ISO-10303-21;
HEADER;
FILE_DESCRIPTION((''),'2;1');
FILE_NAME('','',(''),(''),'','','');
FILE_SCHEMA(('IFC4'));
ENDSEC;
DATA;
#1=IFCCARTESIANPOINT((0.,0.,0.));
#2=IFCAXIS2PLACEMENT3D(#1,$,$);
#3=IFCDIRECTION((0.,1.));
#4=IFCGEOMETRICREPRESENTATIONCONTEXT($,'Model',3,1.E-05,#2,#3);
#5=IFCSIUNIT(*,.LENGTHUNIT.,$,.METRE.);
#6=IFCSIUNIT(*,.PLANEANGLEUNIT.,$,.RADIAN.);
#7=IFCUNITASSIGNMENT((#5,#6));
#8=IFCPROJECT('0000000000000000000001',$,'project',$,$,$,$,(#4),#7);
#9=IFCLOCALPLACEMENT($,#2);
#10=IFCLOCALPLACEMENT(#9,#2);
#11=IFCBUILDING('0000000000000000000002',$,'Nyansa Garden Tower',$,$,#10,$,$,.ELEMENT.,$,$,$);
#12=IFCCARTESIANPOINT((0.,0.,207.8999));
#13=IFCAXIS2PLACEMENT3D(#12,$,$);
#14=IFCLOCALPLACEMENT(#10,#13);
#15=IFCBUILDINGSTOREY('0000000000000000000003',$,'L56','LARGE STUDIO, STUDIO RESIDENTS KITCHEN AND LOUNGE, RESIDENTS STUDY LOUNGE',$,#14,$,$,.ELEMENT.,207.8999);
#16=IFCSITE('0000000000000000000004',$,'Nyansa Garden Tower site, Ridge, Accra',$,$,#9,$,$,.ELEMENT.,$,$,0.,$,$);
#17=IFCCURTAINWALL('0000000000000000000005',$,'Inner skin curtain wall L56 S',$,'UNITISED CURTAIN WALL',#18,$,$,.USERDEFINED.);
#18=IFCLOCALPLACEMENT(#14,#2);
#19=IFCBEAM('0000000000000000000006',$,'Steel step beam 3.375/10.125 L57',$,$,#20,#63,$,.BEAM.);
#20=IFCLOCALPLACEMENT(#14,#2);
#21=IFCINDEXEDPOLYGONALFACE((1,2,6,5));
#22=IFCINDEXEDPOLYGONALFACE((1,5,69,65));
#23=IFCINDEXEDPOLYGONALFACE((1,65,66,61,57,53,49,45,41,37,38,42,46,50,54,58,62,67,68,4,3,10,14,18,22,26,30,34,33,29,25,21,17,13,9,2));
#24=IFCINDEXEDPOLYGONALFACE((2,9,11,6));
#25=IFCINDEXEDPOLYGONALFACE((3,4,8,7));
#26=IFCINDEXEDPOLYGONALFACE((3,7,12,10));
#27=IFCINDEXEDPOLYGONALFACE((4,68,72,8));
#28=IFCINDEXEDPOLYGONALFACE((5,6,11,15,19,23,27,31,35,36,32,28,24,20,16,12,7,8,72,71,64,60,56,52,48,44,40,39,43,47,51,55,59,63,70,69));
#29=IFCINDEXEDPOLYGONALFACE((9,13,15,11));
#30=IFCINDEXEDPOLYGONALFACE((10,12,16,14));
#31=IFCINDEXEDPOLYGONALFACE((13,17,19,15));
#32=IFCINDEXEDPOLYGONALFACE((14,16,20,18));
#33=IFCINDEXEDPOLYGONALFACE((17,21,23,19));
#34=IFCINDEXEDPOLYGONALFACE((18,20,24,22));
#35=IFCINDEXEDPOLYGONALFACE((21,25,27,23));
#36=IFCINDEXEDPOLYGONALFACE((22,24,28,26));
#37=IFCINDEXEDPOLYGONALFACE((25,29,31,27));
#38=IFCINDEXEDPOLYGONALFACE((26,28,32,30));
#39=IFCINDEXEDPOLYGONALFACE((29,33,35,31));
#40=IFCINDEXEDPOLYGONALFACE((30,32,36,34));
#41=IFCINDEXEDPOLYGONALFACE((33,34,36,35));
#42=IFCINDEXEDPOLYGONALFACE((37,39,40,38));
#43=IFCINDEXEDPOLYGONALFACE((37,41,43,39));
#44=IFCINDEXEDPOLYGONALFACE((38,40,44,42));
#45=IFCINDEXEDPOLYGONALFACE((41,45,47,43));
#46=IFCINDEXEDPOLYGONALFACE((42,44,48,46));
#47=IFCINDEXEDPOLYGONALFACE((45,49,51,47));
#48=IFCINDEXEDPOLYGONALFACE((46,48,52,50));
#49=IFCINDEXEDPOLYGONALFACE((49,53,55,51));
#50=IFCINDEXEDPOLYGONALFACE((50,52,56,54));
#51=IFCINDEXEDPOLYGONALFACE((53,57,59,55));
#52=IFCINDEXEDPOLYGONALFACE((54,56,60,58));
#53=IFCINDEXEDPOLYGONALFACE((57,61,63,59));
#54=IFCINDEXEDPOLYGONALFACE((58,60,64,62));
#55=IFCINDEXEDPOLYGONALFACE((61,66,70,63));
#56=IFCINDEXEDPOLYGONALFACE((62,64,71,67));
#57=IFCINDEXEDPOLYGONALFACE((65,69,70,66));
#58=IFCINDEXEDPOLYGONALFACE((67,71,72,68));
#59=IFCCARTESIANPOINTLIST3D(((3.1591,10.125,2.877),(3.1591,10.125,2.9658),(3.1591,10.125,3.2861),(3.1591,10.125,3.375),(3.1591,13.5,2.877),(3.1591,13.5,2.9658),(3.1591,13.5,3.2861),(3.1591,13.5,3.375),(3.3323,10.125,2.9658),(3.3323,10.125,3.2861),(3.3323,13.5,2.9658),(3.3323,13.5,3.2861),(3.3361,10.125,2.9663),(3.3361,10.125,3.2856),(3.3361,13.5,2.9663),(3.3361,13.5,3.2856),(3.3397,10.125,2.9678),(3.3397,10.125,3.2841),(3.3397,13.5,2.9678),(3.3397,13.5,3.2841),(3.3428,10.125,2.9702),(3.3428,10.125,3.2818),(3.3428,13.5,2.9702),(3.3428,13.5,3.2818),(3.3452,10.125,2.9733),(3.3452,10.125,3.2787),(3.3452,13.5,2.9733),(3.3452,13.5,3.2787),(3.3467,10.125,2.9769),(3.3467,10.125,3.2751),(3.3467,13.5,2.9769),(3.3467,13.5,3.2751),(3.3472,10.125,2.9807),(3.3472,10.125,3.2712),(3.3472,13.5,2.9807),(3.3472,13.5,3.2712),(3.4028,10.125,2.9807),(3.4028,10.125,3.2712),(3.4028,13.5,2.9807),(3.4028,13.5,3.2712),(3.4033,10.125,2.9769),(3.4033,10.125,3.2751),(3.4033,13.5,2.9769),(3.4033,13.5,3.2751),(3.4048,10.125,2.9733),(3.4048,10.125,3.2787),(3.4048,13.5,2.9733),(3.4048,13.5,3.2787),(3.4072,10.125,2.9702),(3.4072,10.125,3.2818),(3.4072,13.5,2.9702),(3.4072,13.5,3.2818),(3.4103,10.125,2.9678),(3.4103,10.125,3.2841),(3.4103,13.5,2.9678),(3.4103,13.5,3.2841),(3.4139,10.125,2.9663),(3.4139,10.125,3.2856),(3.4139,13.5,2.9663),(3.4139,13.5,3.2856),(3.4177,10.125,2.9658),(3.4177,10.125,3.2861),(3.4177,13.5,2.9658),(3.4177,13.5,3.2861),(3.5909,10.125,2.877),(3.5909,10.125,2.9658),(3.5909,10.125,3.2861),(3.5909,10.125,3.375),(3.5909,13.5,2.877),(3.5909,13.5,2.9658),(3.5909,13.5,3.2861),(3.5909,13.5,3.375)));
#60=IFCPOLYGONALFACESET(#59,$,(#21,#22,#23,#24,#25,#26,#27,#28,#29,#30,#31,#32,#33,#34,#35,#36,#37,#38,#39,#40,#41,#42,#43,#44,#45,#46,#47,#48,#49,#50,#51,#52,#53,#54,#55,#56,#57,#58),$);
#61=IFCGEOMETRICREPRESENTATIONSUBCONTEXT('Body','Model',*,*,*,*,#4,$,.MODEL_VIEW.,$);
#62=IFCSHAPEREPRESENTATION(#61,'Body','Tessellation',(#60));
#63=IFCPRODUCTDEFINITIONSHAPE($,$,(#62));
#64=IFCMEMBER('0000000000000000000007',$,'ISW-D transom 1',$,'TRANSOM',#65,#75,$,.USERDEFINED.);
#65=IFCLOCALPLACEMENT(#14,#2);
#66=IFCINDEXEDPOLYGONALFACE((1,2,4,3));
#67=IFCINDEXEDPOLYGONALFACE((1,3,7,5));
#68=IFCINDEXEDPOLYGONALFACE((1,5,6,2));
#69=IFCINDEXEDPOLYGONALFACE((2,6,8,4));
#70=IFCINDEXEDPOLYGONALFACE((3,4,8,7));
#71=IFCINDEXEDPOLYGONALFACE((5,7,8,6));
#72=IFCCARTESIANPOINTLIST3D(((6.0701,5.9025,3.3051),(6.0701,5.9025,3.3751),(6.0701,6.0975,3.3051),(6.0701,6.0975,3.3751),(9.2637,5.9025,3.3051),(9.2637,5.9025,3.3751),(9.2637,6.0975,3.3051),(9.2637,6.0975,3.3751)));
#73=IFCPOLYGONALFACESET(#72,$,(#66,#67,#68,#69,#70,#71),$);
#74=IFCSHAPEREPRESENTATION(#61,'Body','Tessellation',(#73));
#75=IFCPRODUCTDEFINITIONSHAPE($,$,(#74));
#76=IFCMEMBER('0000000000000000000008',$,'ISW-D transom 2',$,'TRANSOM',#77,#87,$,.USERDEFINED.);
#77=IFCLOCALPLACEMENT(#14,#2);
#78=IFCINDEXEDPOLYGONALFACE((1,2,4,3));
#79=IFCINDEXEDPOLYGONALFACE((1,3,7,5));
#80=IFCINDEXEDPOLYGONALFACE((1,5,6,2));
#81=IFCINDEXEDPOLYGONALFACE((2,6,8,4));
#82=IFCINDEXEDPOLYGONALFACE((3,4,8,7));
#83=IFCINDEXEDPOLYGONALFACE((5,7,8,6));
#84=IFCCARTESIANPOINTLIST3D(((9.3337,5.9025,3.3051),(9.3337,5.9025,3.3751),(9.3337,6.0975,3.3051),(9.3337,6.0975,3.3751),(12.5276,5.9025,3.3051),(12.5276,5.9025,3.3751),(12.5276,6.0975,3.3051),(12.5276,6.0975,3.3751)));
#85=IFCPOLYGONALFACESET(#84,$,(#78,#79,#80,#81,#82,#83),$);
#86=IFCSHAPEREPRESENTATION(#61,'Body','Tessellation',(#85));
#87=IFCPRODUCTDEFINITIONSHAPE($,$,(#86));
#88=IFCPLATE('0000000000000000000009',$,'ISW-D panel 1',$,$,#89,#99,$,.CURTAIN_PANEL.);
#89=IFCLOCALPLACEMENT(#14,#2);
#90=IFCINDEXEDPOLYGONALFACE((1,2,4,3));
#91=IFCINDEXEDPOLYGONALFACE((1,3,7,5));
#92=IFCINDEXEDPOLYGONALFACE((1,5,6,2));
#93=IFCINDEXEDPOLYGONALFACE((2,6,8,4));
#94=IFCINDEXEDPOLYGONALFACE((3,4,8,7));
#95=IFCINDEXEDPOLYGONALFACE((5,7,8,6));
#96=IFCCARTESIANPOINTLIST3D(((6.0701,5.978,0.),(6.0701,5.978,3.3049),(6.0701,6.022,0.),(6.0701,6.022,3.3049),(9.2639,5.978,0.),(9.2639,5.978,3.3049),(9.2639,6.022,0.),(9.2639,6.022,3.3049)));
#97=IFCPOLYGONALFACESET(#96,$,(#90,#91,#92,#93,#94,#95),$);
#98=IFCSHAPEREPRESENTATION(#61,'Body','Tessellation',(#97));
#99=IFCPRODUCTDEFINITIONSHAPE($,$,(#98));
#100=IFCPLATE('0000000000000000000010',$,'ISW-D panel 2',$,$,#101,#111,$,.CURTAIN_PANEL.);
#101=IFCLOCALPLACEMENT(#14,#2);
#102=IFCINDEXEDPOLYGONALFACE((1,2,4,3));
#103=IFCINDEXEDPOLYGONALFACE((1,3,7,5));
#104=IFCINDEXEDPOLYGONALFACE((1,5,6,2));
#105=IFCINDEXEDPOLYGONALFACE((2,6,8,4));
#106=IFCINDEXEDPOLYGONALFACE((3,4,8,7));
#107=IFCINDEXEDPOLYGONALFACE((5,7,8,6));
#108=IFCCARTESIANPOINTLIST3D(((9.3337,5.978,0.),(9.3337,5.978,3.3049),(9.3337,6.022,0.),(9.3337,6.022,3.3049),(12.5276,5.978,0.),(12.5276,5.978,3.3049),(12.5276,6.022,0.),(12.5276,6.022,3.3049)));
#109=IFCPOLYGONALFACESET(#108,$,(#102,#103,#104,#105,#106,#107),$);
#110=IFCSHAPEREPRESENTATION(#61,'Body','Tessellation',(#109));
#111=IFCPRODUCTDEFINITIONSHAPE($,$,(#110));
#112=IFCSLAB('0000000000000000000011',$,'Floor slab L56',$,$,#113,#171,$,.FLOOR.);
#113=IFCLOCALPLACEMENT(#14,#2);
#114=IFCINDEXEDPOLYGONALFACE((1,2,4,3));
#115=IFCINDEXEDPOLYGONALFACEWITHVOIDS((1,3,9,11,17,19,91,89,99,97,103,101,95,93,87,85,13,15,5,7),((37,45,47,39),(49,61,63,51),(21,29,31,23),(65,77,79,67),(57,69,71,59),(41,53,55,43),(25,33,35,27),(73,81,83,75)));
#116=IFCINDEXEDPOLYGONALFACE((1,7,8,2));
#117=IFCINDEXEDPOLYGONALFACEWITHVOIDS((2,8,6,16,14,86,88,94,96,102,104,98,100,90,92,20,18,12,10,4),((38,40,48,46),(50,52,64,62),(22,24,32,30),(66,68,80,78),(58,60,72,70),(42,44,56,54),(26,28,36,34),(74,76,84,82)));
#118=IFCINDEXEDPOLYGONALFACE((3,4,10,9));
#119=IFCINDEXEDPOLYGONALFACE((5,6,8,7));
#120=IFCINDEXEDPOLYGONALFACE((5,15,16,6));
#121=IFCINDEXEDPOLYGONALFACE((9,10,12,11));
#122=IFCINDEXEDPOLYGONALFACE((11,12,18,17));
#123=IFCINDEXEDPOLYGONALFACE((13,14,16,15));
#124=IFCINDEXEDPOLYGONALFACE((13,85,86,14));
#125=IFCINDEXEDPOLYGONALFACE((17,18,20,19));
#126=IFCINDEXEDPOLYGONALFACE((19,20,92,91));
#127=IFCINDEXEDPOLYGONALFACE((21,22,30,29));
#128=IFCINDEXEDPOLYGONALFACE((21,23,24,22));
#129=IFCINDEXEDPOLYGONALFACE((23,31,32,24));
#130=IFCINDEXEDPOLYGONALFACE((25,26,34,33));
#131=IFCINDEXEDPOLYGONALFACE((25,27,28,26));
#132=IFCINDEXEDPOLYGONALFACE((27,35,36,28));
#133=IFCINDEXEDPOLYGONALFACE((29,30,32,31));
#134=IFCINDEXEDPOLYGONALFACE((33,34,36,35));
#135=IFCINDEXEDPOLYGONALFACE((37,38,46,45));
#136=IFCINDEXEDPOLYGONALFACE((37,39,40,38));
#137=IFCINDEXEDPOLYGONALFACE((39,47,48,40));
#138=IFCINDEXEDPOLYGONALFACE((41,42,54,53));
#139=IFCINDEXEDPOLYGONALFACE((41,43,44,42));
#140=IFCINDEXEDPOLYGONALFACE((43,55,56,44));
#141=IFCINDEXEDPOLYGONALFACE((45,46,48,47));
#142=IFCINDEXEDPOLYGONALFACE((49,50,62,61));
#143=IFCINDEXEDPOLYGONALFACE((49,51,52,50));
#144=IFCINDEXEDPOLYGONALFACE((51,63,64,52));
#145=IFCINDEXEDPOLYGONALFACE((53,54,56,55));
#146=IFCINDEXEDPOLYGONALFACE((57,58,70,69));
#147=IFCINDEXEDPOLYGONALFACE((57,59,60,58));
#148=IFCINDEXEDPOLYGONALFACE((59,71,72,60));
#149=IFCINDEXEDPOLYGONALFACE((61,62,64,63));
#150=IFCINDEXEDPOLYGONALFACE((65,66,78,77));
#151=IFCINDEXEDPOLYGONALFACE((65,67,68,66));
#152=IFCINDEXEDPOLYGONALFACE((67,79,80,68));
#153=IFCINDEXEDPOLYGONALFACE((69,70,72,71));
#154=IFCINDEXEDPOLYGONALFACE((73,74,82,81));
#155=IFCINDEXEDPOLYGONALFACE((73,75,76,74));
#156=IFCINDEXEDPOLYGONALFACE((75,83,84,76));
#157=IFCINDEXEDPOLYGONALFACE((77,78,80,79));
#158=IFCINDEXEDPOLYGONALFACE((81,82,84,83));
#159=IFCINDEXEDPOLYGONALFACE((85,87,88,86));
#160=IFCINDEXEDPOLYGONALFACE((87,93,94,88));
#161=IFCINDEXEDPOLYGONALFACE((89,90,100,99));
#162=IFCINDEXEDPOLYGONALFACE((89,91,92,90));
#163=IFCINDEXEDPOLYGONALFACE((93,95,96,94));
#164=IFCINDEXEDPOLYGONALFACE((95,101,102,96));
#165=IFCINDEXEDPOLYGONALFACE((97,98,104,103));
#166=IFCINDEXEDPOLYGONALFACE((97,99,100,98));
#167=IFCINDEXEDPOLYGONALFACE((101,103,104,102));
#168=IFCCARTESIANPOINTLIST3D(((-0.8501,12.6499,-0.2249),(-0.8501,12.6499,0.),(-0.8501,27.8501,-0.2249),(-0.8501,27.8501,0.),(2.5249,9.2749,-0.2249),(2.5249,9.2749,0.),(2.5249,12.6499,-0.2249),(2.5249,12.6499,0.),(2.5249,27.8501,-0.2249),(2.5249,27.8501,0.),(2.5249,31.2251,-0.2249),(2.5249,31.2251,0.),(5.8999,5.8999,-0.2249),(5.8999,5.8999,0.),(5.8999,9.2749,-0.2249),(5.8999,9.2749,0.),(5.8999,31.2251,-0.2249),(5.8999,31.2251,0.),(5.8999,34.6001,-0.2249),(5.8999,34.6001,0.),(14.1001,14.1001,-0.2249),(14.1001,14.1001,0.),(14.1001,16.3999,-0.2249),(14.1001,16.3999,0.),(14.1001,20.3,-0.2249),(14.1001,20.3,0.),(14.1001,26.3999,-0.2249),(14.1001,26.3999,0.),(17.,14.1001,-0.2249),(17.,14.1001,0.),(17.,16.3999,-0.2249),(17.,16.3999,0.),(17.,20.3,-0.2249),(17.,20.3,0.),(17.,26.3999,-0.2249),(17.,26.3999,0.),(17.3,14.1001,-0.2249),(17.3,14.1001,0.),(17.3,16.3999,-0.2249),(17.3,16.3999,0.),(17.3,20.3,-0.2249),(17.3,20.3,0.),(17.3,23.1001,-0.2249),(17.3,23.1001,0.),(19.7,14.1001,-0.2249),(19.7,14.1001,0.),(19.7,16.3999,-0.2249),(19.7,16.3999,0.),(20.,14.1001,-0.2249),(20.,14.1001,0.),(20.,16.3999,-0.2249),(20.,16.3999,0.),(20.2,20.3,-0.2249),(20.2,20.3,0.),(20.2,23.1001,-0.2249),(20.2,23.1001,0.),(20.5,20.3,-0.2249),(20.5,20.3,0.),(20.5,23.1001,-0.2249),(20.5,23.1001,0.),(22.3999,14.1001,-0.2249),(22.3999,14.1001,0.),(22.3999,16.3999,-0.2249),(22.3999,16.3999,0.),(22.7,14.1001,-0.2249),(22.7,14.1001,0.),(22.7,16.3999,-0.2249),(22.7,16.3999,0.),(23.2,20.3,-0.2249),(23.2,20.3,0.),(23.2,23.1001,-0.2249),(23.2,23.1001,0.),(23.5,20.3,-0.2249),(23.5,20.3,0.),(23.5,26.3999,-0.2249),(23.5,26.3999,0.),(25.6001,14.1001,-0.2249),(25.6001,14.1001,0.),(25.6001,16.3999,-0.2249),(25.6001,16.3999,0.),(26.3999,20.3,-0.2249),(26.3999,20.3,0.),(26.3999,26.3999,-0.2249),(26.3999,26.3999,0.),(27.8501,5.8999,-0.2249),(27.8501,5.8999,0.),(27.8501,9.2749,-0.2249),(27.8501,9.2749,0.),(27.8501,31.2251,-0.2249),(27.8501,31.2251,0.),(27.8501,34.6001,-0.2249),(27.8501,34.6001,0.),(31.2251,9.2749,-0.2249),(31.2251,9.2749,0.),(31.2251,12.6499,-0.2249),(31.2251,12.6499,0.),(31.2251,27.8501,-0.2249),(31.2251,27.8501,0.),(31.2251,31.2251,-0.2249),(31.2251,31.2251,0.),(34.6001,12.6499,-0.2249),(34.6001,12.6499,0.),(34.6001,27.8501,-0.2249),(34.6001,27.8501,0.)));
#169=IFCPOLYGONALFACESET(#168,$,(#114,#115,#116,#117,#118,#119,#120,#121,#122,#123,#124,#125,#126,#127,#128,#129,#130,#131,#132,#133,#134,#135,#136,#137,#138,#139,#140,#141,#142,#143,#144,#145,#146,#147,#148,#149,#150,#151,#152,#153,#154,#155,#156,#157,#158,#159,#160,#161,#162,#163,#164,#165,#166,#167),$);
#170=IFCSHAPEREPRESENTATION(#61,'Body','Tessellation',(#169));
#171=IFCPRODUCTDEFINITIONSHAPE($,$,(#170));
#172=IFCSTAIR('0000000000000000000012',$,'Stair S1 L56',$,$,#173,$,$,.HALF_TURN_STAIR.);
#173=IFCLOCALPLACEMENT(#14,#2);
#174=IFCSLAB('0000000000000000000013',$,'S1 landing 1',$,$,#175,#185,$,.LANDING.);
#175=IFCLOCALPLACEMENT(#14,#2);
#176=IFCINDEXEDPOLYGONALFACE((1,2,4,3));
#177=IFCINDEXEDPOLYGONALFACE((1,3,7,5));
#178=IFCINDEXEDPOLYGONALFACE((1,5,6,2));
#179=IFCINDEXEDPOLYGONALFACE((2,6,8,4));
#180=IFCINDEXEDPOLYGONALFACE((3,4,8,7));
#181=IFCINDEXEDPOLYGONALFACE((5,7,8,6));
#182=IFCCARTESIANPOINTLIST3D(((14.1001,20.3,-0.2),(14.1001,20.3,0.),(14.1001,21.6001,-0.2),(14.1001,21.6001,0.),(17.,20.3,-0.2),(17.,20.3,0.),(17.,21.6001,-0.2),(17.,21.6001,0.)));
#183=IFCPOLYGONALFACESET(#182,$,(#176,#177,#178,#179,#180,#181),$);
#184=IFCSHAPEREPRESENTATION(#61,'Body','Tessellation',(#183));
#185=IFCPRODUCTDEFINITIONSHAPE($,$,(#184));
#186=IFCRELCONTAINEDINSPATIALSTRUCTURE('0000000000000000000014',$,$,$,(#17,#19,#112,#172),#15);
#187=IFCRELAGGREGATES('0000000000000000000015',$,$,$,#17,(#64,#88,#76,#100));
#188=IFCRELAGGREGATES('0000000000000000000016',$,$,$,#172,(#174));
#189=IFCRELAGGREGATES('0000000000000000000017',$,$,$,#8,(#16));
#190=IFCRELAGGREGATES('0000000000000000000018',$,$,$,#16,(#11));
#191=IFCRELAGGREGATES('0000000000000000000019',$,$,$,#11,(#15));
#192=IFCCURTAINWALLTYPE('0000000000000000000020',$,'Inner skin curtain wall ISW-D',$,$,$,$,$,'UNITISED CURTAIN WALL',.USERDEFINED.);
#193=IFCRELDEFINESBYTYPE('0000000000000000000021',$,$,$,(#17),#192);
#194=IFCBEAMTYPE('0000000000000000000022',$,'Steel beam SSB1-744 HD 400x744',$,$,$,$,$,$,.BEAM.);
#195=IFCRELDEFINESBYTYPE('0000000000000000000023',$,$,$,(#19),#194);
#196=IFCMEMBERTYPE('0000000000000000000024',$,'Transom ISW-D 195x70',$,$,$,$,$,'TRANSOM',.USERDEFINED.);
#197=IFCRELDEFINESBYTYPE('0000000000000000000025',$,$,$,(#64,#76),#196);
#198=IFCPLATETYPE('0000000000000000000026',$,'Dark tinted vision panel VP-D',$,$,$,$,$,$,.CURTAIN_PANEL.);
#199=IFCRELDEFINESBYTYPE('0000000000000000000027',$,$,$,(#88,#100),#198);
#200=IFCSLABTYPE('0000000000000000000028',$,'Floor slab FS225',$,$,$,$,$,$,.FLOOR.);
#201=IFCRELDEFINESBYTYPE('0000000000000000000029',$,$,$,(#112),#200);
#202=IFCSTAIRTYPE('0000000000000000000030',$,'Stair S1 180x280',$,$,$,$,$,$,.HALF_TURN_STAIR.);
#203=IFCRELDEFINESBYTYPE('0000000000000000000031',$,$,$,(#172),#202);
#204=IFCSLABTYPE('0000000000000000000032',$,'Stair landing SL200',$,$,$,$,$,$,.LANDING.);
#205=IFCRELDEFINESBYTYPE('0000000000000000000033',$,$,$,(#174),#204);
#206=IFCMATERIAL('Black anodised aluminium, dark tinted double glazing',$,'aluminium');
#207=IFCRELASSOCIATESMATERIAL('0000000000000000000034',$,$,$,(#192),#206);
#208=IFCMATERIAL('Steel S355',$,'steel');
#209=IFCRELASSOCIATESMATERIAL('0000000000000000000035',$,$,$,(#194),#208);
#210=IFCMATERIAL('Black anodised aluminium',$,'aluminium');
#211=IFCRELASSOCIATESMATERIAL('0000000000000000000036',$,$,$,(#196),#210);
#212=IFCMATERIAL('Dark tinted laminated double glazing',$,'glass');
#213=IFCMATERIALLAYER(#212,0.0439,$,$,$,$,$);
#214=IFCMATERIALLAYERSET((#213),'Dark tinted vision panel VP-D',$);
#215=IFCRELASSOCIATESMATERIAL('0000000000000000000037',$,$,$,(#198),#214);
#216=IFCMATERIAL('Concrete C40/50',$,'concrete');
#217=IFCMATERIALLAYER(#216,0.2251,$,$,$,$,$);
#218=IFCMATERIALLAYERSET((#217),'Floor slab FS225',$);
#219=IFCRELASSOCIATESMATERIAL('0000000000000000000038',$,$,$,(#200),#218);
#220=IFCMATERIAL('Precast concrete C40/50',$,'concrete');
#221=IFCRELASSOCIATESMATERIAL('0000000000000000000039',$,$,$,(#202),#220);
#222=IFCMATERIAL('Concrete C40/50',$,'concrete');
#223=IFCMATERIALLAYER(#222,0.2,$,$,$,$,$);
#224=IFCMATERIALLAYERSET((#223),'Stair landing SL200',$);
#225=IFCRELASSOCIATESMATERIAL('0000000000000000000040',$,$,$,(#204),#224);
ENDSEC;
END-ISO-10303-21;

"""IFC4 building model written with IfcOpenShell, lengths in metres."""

from ifc_helpers import new_model, si_unit, direction, frame, origin, origin_2d, place, context, subcontext, project, spatial, polyline, rectangle, i_section, outline, extrude, material, layer, layer_set, material_profile, profile_set, type_object, element, aggregate, save


model = new_model("IFC4")

# Units and contexts
model_context = context("Model", 3, precision=1e-05, world=origin(), true_north=direction((0.0, 1.0)))
body_context = subcontext(model_context, "Body", "Model", "MODEL_VIEW")
ifc_project = project(units=[si_unit("LENGTHUNIT", "METRE"), si_unit("PLANEANGLEUNIT", "RADIAN")], contexts=[model_context])

# Site, building, storey
site_placement = place(None, origin())
site = spatial("IfcSite", under=ifc_project, at=site_placement, Name="Nyansa Garden Tower site, Ridge, Accra", CompositionType="ELEMENT", RefElevation=0.0)
building_placement = place(site_placement, origin())
building = spatial("IfcBuilding", under=site, at=building_placement, Name="Nyansa Garden Tower", CompositionType="ELEMENT")
storey_placement = place(building_placement, frame((0.0, 0.0, 207.8999)))
storey = spatial("IfcBuildingStorey", under=building, at=storey_placement, Name="L56", Description="LARGE STUDIO, STUDIO RESIDENTS KITCHEN AND LOUNGE, RESIDENTS STUDY LOUNGE", CompositionType="ELEMENT", Elevation=207.8999)

# Curtain wall
ifc_material_1 = material(Name="Black anodised aluminium, dark tinted double glazing", Category="aluminium")
curtain_wall_type = type_object("IfcCurtainWallType", Name="Inner skin curtain wall ISW-D", ElementType="UNITISED CURTAIN WALL", PredefinedType="USERDEFINED", material=ifc_material_1)
curtain_wall_placement = place(storey_placement, origin())
curtain_wall = element("IfcCurtainWall", 1, at=curtain_wall_placement, inside=storey, type_object=curtain_wall_type, Name="Inner skin curtain wall L56 S", ObjectType="UNITISED CURTAIN WALL", PredefinedType="USERDEFINED")

# Beam
ifc_material_2 = material(Name="Steel S355", Category="steel")
ifc_material_profile_1 = material_profile(ifc_material_2, i_section(OverallWidth=0.4319, OverallDepth=0.498, WebThickness=0.0557, FlangeThickness=0.0889, FilletRadius=0.0149, at=origin_2d()), Name="HD 400x744")
ifc_profile_set_1 = profile_set([ifc_material_profile_1], Name="Steel S355")
beam_type_1 = type_object("IfcBeamType", Name="Steel beam SSB1-744 HD 400x744", PredefinedType="BEAM", material=ifc_profile_set_1)
beam_1_placement = place(storey_placement, frame((3.375, 10.125, 3.126), z_axis=(0.0, 1.0, 0.0), x_axis=(-1.0, 0.0, 0.0)))
element("IfcBeam", 2, at=beam_1_placement, inside=storey, type_object=beam_type_1, Name="Steel step beam 3.375/10.125 L57", PredefinedType="BEAM", context=body_context, shape_type="SweptSolid", body=[
    extrude(i_section(OverallWidth=0.4319, OverallDepth=0.498, WebThickness=0.0557, FlangeThickness=0.0889, FilletRadius=0.0149, at=origin_2d()), origin(), (0.0, 0.0, 1.0), 3.375),
])

# Members
ifc_material_3 = material(Name="Black anodised aluminium", Category="aluminium")
ifc_material_profile_2 = material_profile(ifc_material_3, rectangle(XDim=0.1951, YDim=0.0701, at=origin_2d()), Name="Transom 195x70")
ifc_profile_set_2 = profile_set([ifc_material_profile_2], Name="Black anodised aluminium")
member_type_1 = type_object("IfcMemberType", Name="Transom ISW-D 195x70", ElementType="TRANSOM", PredefinedType="USERDEFINED", material=ifc_profile_set_2)
member_1_placement = place(storey_placement, frame((6.0701, 6.0, 3.3401), z_axis=(1.0, 0.0, 0.0), x_axis=(0.0, 1.0, 0.0)))
member_1 = element("IfcMember", 3, at=member_1_placement, type_object=member_type_1, Name="ISW-D transom 1", ObjectType="TRANSOM", PredefinedType="USERDEFINED", context=body_context, shape_type="SweptSolid", body=[
    extrude(rectangle(XDim=0.1951, YDim=0.0701, at=origin_2d()), origin(), (0.0, 0.0, 1.0), 3.1936),
])
member_2_placement = place(storey_placement, frame((9.3337, 6.0, 3.3401), z_axis=(1.0, 0.0, 0.0), x_axis=(0.0, 1.0, 0.0)))
member_2 = element("IfcMember", 4, at=member_2_placement, type_object=member_type_1, Name="ISW-D transom 2", ObjectType="TRANSOM", PredefinedType="USERDEFINED", context=body_context, shape_type="SweptSolid", body=[
    extrude(rectangle(XDim=0.1951, YDim=0.0701, at=origin_2d()), origin(), (0.0, 0.0, 1.0), 3.1938),
])

# Plates
ifc_material_4 = material(Name="Dark tinted laminated double glazing", Category="glass")
ifc_layer_1 = layer(ifc_material_4, 0.0439)
ifc_layer_set_1 = layer_set([ifc_layer_1], Name="Dark tinted vision panel VP-D")
plate_type = type_object("IfcPlateType", Name="Dark tinted vision panel VP-D", PredefinedType="CURTAIN_PANEL", material=ifc_layer_set_1)
plate_1_placement = place(storey_placement, frame((7.667, 6.0, 0.0), z_axis=(0.0, 0.0, 1.0), x_axis=(1.0, 0.0, 0.0)))
plate_1 = element("IfcPlate", 5, at=plate_1_placement, type_object=plate_type, Name="ISW-D panel 1", PredefinedType="CURTAIN_PANEL", context=body_context, shape_type="SweptSolid", body=[
    extrude(rectangle(XDim=3.1938, YDim=0.0439, at=origin_2d()), origin(), (0.0, 0.0, 1.0), 3.3049),
])
plate_2_placement = place(storey_placement, frame((10.9307, 6.0, 0.0), z_axis=(0.0, 0.0, 1.0), x_axis=(1.0, 0.0, 0.0)))
plate_2 = element("IfcPlate", 6, at=plate_2_placement, type_object=plate_type, Name="ISW-D panel 2", PredefinedType="CURTAIN_PANEL", context=body_context, shape_type="SweptSolid", body=[
    extrude(rectangle(XDim=3.1938, YDim=0.0439, at=origin_2d()), origin(), (0.0, 0.0, 1.0), 3.3049),
])
aggregate(curtain_wall, [member_1, plate_1, member_2, plate_2])

# Slab
ifc_material_5 = material(Name="Concrete C40/50", Category="concrete")
ifc_layer_2 = layer(ifc_material_5, 0.2251)
ifc_layer_set_2 = layer_set([ifc_layer_2], Name="Floor slab FS225")
slab_type_1 = type_object("IfcSlabType", Name="Floor slab FS225", PredefinedType="FLOOR", material=ifc_layer_set_2)
slab_1_placement = place(storey_placement, frame((0.0, 0.0, -0.2249)))
element("IfcSlab", 7, at=slab_1_placement, inside=storey, type_object=slab_type_1, Name="Floor slab L56", PredefinedType="FLOOR", context=body_context, shape_type="SweptSolid", body=[
    extrude(outline(polyline([(34.6001, 12.6499), (31.2251, 12.6499), (31.2251, 9.2749), (27.8501, 9.2749), (27.8501, 5.8999), (5.8999, 5.8999), (5.8999, 9.2749), (2.5249, 9.2749), (2.5249, 12.6499), (-0.8501, 12.6499), (-0.8501, 27.8501), (2.5249, 27.8501), (2.5249, 31.2251), (5.8999, 31.2251), (5.8999, 34.6001), (27.8501, 34.6001), (27.8501, 31.2251), (31.2251, 31.2251), (31.2251, 27.8501), (34.6001, 27.8501), (34.6001, 12.6499)]), holes=[polyline([(14.1001, 14.1001), (17.0, 14.1001), (17.0, 16.3999), (14.1001, 16.3999), (14.1001, 14.1001)]), polyline([(17.3, 14.1001), (19.7, 14.1001), (19.7, 16.3999), (17.3, 16.3999), (17.3, 14.1001)]), polyline([(20.0, 14.1001), (22.3999, 14.1001), (22.3999, 16.3999), (20.0, 16.3999), (20.0, 14.1001)]), polyline([(22.7, 14.1001), (25.6001, 14.1001), (25.6001, 16.3999), (22.7, 16.3999), (22.7, 14.1001)]), polyline([(17.3, 20.3), (20.2, 20.3), (20.2, 23.1001), (17.3, 23.1001), (17.3, 20.3)]), polyline([(20.5, 20.3), (23.2, 20.3), (23.2, 23.1001), (20.5, 23.1001), (20.5, 20.3)]), polyline([(14.1001, 20.3), (17.0, 20.3), (17.0, 26.3999), (14.1001, 26.3999), (14.1001, 20.3)]), polyline([(23.5, 20.3), (26.3999, 20.3), (26.3999, 26.3999), (23.5, 26.3999), (23.5, 20.3)])]), origin(), (0.0, 0.0, 1.0), 0.2249),
])

# Stair, slab
ifc_material_6 = material(Name="Precast concrete C40/50", Category="concrete")
stair_type_1 = type_object("IfcStairType", Name="Stair S1 180x280", PredefinedType="HALF_TURN_STAIR", material=ifc_material_6)
stair_1_placement = place(storey_placement, origin())
stair_1 = element("IfcStair", 8, at=stair_1_placement, inside=storey, type_object=stair_type_1, Name="Stair S1 L56", PredefinedType="HALF_TURN_STAIR")
ifc_material_7 = material(Name="Concrete C40/50", Category="concrete")
ifc_layer_3 = layer(ifc_material_7, 0.2)
ifc_layer_set_3 = layer_set([ifc_layer_3], Name="Stair landing SL200")
slab_type_2 = type_object("IfcSlabType", Name="Stair landing SL200", PredefinedType="LANDING", material=ifc_layer_set_3)
slab_2_placement = place(storey_placement, frame((0.0, 0.0, -0.2)))
slab_2 = element("IfcSlab", 9, at=slab_2_placement, type_object=slab_type_2, Name="S1 landing 1", PredefinedType="LANDING", context=body_context, shape_type="SweptSolid", body=[
    extrude(outline(polyline([(14.1001, 20.3), (17.0, 20.3), (17.0, 21.6001), (14.1001, 21.6001), (14.1001, 20.3)])), origin(), (0.0, 0.0, 1.0), 0.2),
])
aggregate(stair_1, [slab_2])

save(model, "model.ifc")
